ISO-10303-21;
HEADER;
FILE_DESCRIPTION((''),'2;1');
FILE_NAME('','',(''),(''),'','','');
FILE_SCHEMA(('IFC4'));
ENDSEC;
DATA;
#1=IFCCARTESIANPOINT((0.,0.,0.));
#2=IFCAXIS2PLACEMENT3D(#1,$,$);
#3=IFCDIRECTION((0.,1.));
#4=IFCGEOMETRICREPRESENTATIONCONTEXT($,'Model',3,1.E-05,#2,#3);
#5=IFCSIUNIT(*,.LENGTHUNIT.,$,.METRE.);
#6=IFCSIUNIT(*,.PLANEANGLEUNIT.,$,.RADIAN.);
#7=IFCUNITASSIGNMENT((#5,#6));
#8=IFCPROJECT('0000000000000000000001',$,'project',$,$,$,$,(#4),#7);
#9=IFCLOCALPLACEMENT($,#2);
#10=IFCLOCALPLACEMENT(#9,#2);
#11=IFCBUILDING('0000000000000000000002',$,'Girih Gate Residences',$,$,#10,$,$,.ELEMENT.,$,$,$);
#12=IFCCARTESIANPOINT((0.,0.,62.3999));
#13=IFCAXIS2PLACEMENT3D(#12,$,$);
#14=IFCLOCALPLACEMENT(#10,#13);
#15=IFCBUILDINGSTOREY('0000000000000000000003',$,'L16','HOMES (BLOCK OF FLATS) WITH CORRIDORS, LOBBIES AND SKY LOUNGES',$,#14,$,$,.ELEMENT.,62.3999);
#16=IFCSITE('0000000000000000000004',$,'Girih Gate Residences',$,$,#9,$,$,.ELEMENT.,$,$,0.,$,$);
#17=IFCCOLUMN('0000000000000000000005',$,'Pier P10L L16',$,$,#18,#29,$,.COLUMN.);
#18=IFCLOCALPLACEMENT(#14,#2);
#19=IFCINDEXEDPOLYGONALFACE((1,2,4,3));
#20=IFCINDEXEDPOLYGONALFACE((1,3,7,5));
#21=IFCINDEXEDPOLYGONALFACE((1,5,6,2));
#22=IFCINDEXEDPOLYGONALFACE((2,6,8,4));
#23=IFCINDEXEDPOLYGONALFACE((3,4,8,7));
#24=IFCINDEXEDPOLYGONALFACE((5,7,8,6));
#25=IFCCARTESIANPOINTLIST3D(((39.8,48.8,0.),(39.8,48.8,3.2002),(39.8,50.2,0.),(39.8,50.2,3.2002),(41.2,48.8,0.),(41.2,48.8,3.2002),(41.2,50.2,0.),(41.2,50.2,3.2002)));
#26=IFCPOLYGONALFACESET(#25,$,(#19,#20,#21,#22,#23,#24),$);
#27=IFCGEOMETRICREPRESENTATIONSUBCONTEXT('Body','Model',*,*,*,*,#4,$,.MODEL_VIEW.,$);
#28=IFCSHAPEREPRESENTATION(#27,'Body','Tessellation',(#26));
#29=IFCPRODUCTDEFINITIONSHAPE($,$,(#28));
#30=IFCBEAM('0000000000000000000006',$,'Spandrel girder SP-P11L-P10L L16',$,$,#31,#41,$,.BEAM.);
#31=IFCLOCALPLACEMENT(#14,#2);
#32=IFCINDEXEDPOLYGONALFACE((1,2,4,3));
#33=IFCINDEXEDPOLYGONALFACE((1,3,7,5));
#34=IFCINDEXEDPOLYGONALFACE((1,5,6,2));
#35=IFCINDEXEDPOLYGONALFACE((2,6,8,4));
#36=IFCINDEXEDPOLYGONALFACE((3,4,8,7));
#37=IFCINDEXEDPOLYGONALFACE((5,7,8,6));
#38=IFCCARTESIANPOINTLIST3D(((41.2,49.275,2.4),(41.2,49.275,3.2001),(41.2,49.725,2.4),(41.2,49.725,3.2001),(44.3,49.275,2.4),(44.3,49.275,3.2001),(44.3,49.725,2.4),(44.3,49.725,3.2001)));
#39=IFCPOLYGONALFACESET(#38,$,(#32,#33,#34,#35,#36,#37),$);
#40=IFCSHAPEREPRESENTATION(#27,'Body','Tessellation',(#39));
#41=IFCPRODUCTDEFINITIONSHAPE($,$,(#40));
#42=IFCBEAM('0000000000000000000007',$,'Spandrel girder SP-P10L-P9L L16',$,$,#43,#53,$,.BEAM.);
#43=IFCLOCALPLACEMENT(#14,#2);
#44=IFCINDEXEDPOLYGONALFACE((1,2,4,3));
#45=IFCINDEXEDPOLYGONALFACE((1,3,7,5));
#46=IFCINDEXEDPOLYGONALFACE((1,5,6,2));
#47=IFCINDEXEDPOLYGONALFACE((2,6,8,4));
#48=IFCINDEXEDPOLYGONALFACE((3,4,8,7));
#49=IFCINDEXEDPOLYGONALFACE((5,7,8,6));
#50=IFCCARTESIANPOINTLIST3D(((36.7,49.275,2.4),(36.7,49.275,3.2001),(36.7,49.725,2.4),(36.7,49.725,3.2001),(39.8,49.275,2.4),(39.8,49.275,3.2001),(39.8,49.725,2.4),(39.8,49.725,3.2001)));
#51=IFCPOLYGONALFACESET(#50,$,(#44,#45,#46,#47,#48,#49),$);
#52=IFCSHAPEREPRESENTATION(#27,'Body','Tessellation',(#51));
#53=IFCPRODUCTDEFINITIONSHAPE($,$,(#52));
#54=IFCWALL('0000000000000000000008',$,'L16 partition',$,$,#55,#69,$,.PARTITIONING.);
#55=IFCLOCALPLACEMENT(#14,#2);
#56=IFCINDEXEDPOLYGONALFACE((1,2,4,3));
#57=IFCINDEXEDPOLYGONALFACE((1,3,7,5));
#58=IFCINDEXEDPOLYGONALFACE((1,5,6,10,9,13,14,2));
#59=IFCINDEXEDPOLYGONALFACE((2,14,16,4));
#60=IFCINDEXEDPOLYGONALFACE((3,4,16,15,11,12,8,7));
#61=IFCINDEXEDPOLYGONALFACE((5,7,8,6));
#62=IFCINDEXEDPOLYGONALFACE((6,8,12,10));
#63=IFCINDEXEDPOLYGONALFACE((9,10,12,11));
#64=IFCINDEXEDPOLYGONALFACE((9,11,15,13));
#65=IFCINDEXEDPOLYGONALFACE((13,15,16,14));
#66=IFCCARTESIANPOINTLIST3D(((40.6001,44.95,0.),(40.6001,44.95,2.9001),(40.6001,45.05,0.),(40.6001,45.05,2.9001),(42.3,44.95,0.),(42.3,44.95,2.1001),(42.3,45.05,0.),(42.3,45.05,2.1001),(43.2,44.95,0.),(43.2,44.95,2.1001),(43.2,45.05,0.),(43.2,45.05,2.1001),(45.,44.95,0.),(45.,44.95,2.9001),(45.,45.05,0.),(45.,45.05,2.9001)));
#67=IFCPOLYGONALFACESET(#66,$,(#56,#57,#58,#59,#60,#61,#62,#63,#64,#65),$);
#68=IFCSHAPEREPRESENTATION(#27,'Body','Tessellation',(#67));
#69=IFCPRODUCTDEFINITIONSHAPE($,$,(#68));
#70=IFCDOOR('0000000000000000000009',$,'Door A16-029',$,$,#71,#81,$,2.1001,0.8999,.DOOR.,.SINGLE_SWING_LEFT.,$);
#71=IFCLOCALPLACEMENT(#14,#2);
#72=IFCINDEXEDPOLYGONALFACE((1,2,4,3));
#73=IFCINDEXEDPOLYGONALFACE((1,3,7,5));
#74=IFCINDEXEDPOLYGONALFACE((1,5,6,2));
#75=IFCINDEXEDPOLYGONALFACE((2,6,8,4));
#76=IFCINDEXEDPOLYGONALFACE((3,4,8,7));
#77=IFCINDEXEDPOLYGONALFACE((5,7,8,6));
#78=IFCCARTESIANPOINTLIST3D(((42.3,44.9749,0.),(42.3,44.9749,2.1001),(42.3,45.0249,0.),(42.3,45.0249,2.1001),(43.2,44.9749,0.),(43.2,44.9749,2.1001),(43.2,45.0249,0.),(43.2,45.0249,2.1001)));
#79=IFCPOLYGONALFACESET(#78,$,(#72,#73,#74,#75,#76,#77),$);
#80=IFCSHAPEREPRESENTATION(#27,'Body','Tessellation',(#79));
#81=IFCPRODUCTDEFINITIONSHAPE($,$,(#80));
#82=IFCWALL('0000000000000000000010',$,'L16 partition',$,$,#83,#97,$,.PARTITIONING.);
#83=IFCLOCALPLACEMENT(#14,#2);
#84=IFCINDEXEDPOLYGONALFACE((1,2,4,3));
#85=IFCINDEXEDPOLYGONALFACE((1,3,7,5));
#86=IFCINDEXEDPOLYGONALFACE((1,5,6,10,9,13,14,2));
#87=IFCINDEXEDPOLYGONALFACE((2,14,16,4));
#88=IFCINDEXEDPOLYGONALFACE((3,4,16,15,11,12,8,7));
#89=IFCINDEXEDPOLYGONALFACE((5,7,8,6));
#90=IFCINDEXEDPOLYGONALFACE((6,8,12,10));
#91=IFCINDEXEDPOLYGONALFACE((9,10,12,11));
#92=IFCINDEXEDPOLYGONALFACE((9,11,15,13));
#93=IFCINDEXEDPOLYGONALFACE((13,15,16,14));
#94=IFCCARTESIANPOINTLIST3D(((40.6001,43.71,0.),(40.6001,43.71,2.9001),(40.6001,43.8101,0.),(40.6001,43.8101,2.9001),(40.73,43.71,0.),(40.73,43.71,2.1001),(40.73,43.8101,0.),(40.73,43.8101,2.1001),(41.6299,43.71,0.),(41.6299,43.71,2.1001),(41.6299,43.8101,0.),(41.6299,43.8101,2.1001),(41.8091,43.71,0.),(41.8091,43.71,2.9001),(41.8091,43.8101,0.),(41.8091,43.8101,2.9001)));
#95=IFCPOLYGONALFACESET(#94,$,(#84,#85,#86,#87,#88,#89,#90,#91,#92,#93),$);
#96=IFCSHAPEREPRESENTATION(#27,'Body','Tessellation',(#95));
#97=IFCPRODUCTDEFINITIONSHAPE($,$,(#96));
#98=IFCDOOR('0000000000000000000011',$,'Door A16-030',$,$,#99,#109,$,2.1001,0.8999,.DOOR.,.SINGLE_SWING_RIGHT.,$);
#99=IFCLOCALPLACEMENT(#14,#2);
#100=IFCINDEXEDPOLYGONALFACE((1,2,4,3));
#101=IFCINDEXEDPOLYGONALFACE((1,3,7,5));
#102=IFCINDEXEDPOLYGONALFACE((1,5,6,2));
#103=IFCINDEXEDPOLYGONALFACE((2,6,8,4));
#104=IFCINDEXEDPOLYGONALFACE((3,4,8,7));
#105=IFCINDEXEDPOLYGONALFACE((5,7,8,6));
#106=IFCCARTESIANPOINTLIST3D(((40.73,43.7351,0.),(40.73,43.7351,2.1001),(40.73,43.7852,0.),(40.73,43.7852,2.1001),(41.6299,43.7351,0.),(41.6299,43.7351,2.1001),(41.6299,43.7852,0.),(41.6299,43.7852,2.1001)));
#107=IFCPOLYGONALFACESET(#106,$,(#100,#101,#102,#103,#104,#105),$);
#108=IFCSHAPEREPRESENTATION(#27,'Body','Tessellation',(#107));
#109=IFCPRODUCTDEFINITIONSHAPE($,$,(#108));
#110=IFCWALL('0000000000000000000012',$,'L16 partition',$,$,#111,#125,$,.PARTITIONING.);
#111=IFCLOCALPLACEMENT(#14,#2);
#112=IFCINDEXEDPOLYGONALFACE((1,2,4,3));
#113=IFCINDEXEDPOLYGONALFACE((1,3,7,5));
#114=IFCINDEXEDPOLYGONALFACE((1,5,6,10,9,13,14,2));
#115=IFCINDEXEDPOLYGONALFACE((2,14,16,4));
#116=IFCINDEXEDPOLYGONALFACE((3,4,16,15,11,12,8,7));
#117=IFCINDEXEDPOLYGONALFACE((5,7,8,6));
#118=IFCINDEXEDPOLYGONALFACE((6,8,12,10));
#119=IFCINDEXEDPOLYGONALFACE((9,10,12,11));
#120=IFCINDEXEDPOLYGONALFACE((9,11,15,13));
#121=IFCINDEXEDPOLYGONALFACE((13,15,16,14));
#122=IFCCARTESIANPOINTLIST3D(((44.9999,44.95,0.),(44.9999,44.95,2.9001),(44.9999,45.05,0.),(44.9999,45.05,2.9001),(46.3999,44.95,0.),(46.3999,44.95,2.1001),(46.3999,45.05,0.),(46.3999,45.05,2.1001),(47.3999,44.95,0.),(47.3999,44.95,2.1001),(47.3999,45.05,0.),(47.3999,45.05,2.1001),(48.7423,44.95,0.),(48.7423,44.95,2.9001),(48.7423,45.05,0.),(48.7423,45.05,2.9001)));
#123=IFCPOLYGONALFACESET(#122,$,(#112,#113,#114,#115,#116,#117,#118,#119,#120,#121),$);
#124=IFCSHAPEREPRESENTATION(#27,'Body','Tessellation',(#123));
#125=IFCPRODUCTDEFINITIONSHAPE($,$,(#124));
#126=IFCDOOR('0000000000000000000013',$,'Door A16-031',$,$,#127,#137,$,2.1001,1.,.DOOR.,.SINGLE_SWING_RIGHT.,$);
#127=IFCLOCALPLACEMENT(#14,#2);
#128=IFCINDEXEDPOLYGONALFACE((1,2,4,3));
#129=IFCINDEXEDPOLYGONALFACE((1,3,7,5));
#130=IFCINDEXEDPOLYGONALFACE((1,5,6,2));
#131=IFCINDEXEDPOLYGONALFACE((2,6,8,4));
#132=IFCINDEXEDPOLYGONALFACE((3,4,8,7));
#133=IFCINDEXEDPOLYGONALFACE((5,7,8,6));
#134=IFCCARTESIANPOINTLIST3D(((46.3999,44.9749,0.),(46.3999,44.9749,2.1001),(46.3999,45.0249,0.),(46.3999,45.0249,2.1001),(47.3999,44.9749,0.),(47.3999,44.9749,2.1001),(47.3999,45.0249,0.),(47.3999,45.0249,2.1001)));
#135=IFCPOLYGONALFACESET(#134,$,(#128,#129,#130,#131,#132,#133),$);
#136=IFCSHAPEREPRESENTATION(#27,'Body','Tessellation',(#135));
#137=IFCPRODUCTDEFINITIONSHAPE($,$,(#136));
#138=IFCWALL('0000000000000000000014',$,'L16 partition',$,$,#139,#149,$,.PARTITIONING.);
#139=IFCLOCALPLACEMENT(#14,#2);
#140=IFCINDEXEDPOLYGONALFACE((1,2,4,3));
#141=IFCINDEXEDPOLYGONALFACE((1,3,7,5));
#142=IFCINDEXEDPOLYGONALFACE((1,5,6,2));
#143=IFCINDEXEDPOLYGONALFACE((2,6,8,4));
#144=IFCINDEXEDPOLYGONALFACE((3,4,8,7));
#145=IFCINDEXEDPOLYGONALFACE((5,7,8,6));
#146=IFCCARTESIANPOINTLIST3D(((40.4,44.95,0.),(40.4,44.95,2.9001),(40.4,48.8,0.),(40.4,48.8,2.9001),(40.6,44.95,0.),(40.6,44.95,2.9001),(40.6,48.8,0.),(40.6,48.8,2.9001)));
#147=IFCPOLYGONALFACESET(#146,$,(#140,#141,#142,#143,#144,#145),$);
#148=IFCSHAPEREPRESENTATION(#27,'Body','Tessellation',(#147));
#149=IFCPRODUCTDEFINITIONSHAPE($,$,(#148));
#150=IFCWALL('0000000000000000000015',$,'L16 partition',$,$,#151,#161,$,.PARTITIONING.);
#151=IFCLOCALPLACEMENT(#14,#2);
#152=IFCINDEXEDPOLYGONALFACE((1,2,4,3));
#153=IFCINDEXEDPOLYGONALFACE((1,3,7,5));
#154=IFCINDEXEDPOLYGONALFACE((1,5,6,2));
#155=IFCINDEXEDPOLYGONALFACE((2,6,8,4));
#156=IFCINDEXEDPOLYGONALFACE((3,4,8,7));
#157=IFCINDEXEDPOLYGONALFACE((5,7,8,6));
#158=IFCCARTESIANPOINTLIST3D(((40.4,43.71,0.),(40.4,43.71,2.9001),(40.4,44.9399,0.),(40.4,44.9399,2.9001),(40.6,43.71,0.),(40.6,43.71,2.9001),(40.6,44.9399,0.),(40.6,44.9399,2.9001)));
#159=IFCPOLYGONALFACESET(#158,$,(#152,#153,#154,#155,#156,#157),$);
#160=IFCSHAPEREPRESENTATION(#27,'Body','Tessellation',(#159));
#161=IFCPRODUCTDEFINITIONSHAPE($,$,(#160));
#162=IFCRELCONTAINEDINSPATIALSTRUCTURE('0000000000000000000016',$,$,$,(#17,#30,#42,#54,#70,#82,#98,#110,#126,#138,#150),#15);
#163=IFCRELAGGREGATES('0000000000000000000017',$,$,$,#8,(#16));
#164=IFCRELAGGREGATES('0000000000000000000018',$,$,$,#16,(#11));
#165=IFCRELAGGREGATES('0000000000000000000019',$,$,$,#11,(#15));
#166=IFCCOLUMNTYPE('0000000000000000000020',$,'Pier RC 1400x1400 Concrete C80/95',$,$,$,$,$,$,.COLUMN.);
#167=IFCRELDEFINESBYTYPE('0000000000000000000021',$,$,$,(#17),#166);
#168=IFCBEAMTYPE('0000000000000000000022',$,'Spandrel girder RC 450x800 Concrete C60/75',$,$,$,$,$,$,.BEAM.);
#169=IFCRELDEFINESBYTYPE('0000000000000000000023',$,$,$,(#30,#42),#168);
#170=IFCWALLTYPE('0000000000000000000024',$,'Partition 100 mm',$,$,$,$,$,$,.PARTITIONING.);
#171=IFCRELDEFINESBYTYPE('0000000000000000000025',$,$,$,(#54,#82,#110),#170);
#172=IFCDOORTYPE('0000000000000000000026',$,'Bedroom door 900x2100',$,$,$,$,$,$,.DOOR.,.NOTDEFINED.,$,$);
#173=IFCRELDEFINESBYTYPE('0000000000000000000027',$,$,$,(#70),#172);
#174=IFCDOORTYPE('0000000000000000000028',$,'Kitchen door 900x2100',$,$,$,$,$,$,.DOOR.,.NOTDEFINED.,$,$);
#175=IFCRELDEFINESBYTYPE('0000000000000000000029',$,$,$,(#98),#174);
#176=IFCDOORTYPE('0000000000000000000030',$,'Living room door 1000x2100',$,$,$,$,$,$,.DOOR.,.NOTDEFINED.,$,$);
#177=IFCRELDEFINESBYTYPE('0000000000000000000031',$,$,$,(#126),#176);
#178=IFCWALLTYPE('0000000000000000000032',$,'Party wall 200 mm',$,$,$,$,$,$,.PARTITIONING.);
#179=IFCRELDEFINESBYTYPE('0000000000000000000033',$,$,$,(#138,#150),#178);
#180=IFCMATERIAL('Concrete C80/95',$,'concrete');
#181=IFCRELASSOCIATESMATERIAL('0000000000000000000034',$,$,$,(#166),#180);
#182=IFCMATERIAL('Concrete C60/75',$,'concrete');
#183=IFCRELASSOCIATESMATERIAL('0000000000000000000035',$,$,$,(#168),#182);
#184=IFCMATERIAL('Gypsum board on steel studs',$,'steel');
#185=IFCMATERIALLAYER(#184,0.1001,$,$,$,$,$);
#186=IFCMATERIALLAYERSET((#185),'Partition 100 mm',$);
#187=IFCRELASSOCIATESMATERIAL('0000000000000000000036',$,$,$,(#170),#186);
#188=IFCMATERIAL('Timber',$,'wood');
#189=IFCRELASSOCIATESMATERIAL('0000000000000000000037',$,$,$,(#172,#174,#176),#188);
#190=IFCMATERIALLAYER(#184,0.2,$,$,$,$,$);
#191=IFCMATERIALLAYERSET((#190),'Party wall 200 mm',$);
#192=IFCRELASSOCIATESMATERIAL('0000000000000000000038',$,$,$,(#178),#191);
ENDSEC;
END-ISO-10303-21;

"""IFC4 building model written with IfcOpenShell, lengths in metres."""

from ifc_helpers import new_model, si_unit, direction, frame, frame_2d, origin, origin_2d, place, context, subcontext, project, spatial, rectangle, extrude, material, layer, layer_set, material_profile, profile_set, type_object, element, fill, save


model = new_model("IFC4")

# Units and contexts
model_context = context("Model", 3, precision=1e-05, world=origin(), true_north=direction((0.0, 1.0)))
body_context = subcontext(model_context, "Body", "Model", "MODEL_VIEW")
ifc_project = project(units=[si_unit("LENGTHUNIT", "METRE"), si_unit("PLANEANGLEUNIT", "RADIAN")], contexts=[model_context])

# Site, building, storey
site_placement = place(None, origin())
site = spatial("IfcSite", under=ifc_project, at=site_placement, Name="Girih Gate Residences", CompositionType="ELEMENT", RefElevation=0.0)
building_placement = place(site_placement, origin())
building = spatial("IfcBuilding", under=site, at=building_placement, Name="Girih Gate Residences", CompositionType="ELEMENT")
storey_placement = place(building_placement, frame((0.0, 0.0, 62.3999)))
storey = spatial("IfcBuildingStorey", under=building, at=storey_placement, Name="L16", Description="HOMES (BLOCK OF FLATS) WITH CORRIDORS, LOBBIES AND SKY LOUNGES", CompositionType="ELEMENT", Elevation=62.3999)

# Column
ifc_material_1 = material(Name="Concrete C80/95", Category="concrete")
ifc_material_profile_1 = material_profile(ifc_material_1, rectangle(XDim=1.3999, YDim=1.3999, at=origin_2d()))
ifc_profile_set_1 = profile_set([ifc_material_profile_1], Name="Concrete C80/95")
column_type = type_object("IfcColumnType", Name="Pier RC 1400x1400 Concrete C80/95", PredefinedType="COLUMN", material=ifc_profile_set_1)
column_placement = place(storey_placement, frame((40.5, 49.5, 0.0), z_axis=(0.0, 0.0, 1.0), x_axis=(1.0, 0.0, 0.0)))
element("IfcColumn", 1, at=column_placement, inside=storey, type_object=column_type, Name="Pier P10L L16", PredefinedType="COLUMN", context=body_context, shape_type="SweptSolid", body=[
    extrude(rectangle(XDim=1.3999, YDim=1.3999, at=origin_2d()), origin(), (0.0, 0.0, 1.0), 3.2002),
])

# Beams
ifc_material_2 = material(Name="Concrete C60/75", Category="concrete")
ifc_material_profile_2 = material_profile(ifc_material_2, rectangle(XDim=0.45, YDim=0.8, at=origin_2d()))
ifc_profile_set_2 = profile_set([ifc_material_profile_2], Name="Concrete C60/75")
beam_type = type_object("IfcBeamType", Name="Spandrel girder RC 450x800 Concrete C60/75", PredefinedType="BEAM", material=ifc_profile_set_2)
for number, where, z_axis, x_axis, name in (
    (2, (44.3, 49.5, 2.8), (-1.0, 0.0, 0.0), (0.0, -1.0, 0.0), "Spandrel girder SP-P11L-P10L L16"),
    (3, (39.8, 49.5, 2.8), (-1.0, 0.0, 0.0), (0.0, -1.0, 0.0), "Spandrel girder SP-P10L-P9L L16"),
):
    element("IfcBeam", number, at=place(storey_placement, frame(where, z_axis=z_axis, x_axis=x_axis)), inside=storey, type_object=beam_type, Name=name, PredefinedType="BEAM", context=body_context, shape_type="SweptSolid", body=[
        extrude(rectangle(XDim=0.45, YDim=0.8, at=origin_2d()), origin(), (0.0, 0.0, 1.0), 3.1001),
    ])

# Walls, openings, doors
ifc_material_3 = material(Name="Gypsum board on steel studs", Category="steel")
ifc_layer_1 = layer(ifc_material_3, 0.1001)
ifc_layer_set_1 = layer_set([ifc_layer_1], Name="Partition 100 mm")
wall_type_1 = type_object("IfcWallType", Name="Partition 100 mm", PredefinedType="PARTITIONING", material=ifc_layer_set_1)
wall_1_placement = place(storey_placement, frame((40.6001, 45.0, 0.0), z_axis=(0.0, 0.0, 1.0), x_axis=(1.0, 0.0, 0.0)))
wall_1 = element("IfcWall", 4, at=wall_1_placement, inside=storey, type_object=wall_type_1, Name="L16 partition", PredefinedType="PARTITIONING", context=body_context, shape_type="SweptSolid", body=[
    extrude(rectangle(XDim=4.3999, YDim=0.1001, at=frame_2d((2.2, 0.0))), origin(), (0.0, 0.0, 1.0), 2.9001),
])
opening_1_placement = place(wall_1_placement, frame((1.7, 0.0, 0.0)))
opening_1 = element("IfcOpeningElement", 5, at=opening_1_placement, cuts=wall_1, PredefinedType="OPENING", context=body_context, shape_type="SweptSolid", body=[
    extrude(rectangle(XDim=0.8999, YDim=2.1001, at=frame_2d((0.45, 1.05))), frame((0.0, 0.0601, 0.0), z_axis=(0.0, -1.0, 0.0), x_axis=(1.0, 0.0, 0.0)), (0.0, 0.0, 1.0), 0.1201),
])
ifc_material_4 = material(Name="Timber", Category="wood")
door_type_1 = type_object("IfcDoorType", Name="Bedroom door 900x2100", OperationType="NOTDEFINED", PredefinedType="DOOR", material=ifc_material_4)
door_1_placement = place(opening_1_placement, origin())
door_1 = element("IfcDoor", 6, at=door_1_placement, inside=storey, type_object=door_type_1, Name="Door A16-029", OperationType="SINGLE_SWING_LEFT", OverallHeight=2.1001, OverallWidth=0.8999, PredefinedType="DOOR", context=body_context, shape_type="SweptSolid", body=[
    extrude(rectangle(XDim=0.8999, YDim=2.1001, at=frame_2d((0.45, 1.05))), frame((0.0, 0.0249, 0.0), z_axis=(0.0, -1.0, 0.0), x_axis=(1.0, 0.0, 0.0)), (0.0, 0.0, 1.0), 0.05),
])
fill(opening_1, door_1)
wall_2_placement = place(storey_placement, frame((41.8091, 43.76, 0.0), z_axis=(0.0, 0.0, 1.0), x_axis=(-1.0, 0.0, 0.0)))
wall_2 = element("IfcWall", 7, at=wall_2_placement, inside=storey, type_object=wall_type_1, Name="L16 partition", PredefinedType="PARTITIONING", context=body_context, shape_type="SweptSolid", body=[
    extrude(rectangle(XDim=1.209, YDim=0.1001, at=frame_2d((0.6045, 0.0))), origin(), (0.0, 0.0, 1.0), 2.9001),
])
opening_2_placement = place(wall_2_placement, frame((0.1792, 0.0, 0.0)))
opening_2 = element("IfcOpeningElement", 8, at=opening_2_placement, cuts=wall_2, PredefinedType="OPENING", context=body_context, shape_type="SweptSolid", body=[
    extrude(rectangle(XDim=0.8999, YDim=2.1001, at=frame_2d((0.45, 1.05))), frame((0.0, 0.0601, 0.0), z_axis=(0.0, -1.0, 0.0), x_axis=(1.0, 0.0, 0.0)), (0.0, 0.0, 1.0), 0.1201),
])
door_type_2 = type_object("IfcDoorType", Name="Kitchen door 900x2100", OperationType="NOTDEFINED", PredefinedType="DOOR", material=ifc_material_4)
door_2_placement = place(opening_2_placement, origin())
door_2 = element("IfcDoor", 9, at=door_2_placement, inside=storey, type_object=door_type_2, Name="Door A16-030", OperationType="SINGLE_SWING_RIGHT", OverallHeight=2.1001, OverallWidth=0.8999, PredefinedType="DOOR", context=body_context, shape_type="SweptSolid", body=[
    extrude(rectangle(XDim=0.8999, YDim=2.1001, at=frame_2d((0.45, 1.05))), frame((0.0, 0.0249, 0.0), z_axis=(0.0, -1.0, 0.0), x_axis=(1.0, 0.0, 0.0)), (0.0, 0.0, 1.0), 0.05),
])
fill(opening_2, door_2)
wall_3_placement = place(storey_placement, frame((45.0, 45.0, 0.0), z_axis=(0.0, 0.0, 1.0), x_axis=(1.0, 0.0, 0.0)))
wall_3 = element("IfcWall", 10, at=wall_3_placement, inside=storey, type_object=wall_type_1, Name="L16 partition", PredefinedType="PARTITIONING", context=body_context, shape_type="SweptSolid", body=[
    extrude(rectangle(XDim=3.7424, YDim=0.1001, at=frame_2d((1.8711, 0.0))), origin(), (0.0, 0.0, 1.0), 2.9001),
])
opening_3_placement = place(wall_3_placement, frame((1.3999, 0.0, 0.0)))
opening_3 = element("IfcOpeningElement", 11, at=opening_3_placement, cuts=wall_3, PredefinedType="OPENING", context=body_context, shape_type="SweptSolid", body=[
    extrude(rectangle(XDim=1.0, YDim=2.1001, at=frame_2d((0.5, 1.05))), frame((0.0, 0.0601, 0.0), z_axis=(0.0, -1.0, 0.0), x_axis=(1.0, 0.0, 0.0)), (0.0, 0.0, 1.0), 0.1201),
])
door_type_3 = type_object("IfcDoorType", Name="Living room door 1000x2100", OperationType="NOTDEFINED", PredefinedType="DOOR", material=ifc_material_4)
door_3_placement = place(opening_3_placement, origin())
door_3 = element("IfcDoor", 12, at=door_3_placement, inside=storey, type_object=door_type_3, Name="Door A16-031", OperationType="SINGLE_SWING_RIGHT", OverallHeight=2.1001, OverallWidth=1.0, PredefinedType="DOOR", context=body_context, shape_type="SweptSolid", body=[
    extrude(rectangle(XDim=1.0, YDim=2.1001, at=frame_2d((0.5, 1.05))), frame((0.0, 0.0249, 0.0), z_axis=(0.0, -1.0, 0.0), x_axis=(1.0, 0.0, 0.0)), (0.0, 0.0, 1.0), 0.05),
])
fill(opening_3, door_3)

# Walls
ifc_layer_2 = layer(ifc_material_3, 0.2)
ifc_layer_set_2 = layer_set([ifc_layer_2], Name="Party wall 200 mm")
wall_type_2 = type_object("IfcWallType", Name="Party wall 200 mm", PredefinedType="PARTITIONING", material=ifc_layer_set_2)
wall_4_placement = place(storey_placement, frame((40.5, 44.95, 0.0), z_axis=(0.0, 0.0, 1.0), x_axis=(0.0, 1.0, 0.0)))
element("IfcWall", 13, at=wall_4_placement, inside=storey, type_object=wall_type_2, Name="L16 partition", PredefinedType="PARTITIONING", context=body_context, shape_type="SweptSolid", body=[
    extrude(rectangle(XDim=3.8501, YDim=0.2, at=frame_2d((1.925, 0.0))), origin(), (0.0, 0.0, 1.0), 2.9001),
])
wall_5_placement = place(storey_placement, frame((40.5, 43.71, 0.0), z_axis=(0.0, 0.0, 1.0), x_axis=(0.0, 1.0, 0.0)))
element("IfcWall", 14, at=wall_5_placement, inside=storey, type_object=wall_type_2, Name="L16 partition", PredefinedType="PARTITIONING", context=body_context, shape_type="SweptSolid", body=[
    extrude(rectangle(XDim=1.23, YDim=0.2, at=frame_2d((0.615, 0.0))), origin(), (0.0, 0.0, 1.0), 2.9001),
])

save(model, "model.ifc")
